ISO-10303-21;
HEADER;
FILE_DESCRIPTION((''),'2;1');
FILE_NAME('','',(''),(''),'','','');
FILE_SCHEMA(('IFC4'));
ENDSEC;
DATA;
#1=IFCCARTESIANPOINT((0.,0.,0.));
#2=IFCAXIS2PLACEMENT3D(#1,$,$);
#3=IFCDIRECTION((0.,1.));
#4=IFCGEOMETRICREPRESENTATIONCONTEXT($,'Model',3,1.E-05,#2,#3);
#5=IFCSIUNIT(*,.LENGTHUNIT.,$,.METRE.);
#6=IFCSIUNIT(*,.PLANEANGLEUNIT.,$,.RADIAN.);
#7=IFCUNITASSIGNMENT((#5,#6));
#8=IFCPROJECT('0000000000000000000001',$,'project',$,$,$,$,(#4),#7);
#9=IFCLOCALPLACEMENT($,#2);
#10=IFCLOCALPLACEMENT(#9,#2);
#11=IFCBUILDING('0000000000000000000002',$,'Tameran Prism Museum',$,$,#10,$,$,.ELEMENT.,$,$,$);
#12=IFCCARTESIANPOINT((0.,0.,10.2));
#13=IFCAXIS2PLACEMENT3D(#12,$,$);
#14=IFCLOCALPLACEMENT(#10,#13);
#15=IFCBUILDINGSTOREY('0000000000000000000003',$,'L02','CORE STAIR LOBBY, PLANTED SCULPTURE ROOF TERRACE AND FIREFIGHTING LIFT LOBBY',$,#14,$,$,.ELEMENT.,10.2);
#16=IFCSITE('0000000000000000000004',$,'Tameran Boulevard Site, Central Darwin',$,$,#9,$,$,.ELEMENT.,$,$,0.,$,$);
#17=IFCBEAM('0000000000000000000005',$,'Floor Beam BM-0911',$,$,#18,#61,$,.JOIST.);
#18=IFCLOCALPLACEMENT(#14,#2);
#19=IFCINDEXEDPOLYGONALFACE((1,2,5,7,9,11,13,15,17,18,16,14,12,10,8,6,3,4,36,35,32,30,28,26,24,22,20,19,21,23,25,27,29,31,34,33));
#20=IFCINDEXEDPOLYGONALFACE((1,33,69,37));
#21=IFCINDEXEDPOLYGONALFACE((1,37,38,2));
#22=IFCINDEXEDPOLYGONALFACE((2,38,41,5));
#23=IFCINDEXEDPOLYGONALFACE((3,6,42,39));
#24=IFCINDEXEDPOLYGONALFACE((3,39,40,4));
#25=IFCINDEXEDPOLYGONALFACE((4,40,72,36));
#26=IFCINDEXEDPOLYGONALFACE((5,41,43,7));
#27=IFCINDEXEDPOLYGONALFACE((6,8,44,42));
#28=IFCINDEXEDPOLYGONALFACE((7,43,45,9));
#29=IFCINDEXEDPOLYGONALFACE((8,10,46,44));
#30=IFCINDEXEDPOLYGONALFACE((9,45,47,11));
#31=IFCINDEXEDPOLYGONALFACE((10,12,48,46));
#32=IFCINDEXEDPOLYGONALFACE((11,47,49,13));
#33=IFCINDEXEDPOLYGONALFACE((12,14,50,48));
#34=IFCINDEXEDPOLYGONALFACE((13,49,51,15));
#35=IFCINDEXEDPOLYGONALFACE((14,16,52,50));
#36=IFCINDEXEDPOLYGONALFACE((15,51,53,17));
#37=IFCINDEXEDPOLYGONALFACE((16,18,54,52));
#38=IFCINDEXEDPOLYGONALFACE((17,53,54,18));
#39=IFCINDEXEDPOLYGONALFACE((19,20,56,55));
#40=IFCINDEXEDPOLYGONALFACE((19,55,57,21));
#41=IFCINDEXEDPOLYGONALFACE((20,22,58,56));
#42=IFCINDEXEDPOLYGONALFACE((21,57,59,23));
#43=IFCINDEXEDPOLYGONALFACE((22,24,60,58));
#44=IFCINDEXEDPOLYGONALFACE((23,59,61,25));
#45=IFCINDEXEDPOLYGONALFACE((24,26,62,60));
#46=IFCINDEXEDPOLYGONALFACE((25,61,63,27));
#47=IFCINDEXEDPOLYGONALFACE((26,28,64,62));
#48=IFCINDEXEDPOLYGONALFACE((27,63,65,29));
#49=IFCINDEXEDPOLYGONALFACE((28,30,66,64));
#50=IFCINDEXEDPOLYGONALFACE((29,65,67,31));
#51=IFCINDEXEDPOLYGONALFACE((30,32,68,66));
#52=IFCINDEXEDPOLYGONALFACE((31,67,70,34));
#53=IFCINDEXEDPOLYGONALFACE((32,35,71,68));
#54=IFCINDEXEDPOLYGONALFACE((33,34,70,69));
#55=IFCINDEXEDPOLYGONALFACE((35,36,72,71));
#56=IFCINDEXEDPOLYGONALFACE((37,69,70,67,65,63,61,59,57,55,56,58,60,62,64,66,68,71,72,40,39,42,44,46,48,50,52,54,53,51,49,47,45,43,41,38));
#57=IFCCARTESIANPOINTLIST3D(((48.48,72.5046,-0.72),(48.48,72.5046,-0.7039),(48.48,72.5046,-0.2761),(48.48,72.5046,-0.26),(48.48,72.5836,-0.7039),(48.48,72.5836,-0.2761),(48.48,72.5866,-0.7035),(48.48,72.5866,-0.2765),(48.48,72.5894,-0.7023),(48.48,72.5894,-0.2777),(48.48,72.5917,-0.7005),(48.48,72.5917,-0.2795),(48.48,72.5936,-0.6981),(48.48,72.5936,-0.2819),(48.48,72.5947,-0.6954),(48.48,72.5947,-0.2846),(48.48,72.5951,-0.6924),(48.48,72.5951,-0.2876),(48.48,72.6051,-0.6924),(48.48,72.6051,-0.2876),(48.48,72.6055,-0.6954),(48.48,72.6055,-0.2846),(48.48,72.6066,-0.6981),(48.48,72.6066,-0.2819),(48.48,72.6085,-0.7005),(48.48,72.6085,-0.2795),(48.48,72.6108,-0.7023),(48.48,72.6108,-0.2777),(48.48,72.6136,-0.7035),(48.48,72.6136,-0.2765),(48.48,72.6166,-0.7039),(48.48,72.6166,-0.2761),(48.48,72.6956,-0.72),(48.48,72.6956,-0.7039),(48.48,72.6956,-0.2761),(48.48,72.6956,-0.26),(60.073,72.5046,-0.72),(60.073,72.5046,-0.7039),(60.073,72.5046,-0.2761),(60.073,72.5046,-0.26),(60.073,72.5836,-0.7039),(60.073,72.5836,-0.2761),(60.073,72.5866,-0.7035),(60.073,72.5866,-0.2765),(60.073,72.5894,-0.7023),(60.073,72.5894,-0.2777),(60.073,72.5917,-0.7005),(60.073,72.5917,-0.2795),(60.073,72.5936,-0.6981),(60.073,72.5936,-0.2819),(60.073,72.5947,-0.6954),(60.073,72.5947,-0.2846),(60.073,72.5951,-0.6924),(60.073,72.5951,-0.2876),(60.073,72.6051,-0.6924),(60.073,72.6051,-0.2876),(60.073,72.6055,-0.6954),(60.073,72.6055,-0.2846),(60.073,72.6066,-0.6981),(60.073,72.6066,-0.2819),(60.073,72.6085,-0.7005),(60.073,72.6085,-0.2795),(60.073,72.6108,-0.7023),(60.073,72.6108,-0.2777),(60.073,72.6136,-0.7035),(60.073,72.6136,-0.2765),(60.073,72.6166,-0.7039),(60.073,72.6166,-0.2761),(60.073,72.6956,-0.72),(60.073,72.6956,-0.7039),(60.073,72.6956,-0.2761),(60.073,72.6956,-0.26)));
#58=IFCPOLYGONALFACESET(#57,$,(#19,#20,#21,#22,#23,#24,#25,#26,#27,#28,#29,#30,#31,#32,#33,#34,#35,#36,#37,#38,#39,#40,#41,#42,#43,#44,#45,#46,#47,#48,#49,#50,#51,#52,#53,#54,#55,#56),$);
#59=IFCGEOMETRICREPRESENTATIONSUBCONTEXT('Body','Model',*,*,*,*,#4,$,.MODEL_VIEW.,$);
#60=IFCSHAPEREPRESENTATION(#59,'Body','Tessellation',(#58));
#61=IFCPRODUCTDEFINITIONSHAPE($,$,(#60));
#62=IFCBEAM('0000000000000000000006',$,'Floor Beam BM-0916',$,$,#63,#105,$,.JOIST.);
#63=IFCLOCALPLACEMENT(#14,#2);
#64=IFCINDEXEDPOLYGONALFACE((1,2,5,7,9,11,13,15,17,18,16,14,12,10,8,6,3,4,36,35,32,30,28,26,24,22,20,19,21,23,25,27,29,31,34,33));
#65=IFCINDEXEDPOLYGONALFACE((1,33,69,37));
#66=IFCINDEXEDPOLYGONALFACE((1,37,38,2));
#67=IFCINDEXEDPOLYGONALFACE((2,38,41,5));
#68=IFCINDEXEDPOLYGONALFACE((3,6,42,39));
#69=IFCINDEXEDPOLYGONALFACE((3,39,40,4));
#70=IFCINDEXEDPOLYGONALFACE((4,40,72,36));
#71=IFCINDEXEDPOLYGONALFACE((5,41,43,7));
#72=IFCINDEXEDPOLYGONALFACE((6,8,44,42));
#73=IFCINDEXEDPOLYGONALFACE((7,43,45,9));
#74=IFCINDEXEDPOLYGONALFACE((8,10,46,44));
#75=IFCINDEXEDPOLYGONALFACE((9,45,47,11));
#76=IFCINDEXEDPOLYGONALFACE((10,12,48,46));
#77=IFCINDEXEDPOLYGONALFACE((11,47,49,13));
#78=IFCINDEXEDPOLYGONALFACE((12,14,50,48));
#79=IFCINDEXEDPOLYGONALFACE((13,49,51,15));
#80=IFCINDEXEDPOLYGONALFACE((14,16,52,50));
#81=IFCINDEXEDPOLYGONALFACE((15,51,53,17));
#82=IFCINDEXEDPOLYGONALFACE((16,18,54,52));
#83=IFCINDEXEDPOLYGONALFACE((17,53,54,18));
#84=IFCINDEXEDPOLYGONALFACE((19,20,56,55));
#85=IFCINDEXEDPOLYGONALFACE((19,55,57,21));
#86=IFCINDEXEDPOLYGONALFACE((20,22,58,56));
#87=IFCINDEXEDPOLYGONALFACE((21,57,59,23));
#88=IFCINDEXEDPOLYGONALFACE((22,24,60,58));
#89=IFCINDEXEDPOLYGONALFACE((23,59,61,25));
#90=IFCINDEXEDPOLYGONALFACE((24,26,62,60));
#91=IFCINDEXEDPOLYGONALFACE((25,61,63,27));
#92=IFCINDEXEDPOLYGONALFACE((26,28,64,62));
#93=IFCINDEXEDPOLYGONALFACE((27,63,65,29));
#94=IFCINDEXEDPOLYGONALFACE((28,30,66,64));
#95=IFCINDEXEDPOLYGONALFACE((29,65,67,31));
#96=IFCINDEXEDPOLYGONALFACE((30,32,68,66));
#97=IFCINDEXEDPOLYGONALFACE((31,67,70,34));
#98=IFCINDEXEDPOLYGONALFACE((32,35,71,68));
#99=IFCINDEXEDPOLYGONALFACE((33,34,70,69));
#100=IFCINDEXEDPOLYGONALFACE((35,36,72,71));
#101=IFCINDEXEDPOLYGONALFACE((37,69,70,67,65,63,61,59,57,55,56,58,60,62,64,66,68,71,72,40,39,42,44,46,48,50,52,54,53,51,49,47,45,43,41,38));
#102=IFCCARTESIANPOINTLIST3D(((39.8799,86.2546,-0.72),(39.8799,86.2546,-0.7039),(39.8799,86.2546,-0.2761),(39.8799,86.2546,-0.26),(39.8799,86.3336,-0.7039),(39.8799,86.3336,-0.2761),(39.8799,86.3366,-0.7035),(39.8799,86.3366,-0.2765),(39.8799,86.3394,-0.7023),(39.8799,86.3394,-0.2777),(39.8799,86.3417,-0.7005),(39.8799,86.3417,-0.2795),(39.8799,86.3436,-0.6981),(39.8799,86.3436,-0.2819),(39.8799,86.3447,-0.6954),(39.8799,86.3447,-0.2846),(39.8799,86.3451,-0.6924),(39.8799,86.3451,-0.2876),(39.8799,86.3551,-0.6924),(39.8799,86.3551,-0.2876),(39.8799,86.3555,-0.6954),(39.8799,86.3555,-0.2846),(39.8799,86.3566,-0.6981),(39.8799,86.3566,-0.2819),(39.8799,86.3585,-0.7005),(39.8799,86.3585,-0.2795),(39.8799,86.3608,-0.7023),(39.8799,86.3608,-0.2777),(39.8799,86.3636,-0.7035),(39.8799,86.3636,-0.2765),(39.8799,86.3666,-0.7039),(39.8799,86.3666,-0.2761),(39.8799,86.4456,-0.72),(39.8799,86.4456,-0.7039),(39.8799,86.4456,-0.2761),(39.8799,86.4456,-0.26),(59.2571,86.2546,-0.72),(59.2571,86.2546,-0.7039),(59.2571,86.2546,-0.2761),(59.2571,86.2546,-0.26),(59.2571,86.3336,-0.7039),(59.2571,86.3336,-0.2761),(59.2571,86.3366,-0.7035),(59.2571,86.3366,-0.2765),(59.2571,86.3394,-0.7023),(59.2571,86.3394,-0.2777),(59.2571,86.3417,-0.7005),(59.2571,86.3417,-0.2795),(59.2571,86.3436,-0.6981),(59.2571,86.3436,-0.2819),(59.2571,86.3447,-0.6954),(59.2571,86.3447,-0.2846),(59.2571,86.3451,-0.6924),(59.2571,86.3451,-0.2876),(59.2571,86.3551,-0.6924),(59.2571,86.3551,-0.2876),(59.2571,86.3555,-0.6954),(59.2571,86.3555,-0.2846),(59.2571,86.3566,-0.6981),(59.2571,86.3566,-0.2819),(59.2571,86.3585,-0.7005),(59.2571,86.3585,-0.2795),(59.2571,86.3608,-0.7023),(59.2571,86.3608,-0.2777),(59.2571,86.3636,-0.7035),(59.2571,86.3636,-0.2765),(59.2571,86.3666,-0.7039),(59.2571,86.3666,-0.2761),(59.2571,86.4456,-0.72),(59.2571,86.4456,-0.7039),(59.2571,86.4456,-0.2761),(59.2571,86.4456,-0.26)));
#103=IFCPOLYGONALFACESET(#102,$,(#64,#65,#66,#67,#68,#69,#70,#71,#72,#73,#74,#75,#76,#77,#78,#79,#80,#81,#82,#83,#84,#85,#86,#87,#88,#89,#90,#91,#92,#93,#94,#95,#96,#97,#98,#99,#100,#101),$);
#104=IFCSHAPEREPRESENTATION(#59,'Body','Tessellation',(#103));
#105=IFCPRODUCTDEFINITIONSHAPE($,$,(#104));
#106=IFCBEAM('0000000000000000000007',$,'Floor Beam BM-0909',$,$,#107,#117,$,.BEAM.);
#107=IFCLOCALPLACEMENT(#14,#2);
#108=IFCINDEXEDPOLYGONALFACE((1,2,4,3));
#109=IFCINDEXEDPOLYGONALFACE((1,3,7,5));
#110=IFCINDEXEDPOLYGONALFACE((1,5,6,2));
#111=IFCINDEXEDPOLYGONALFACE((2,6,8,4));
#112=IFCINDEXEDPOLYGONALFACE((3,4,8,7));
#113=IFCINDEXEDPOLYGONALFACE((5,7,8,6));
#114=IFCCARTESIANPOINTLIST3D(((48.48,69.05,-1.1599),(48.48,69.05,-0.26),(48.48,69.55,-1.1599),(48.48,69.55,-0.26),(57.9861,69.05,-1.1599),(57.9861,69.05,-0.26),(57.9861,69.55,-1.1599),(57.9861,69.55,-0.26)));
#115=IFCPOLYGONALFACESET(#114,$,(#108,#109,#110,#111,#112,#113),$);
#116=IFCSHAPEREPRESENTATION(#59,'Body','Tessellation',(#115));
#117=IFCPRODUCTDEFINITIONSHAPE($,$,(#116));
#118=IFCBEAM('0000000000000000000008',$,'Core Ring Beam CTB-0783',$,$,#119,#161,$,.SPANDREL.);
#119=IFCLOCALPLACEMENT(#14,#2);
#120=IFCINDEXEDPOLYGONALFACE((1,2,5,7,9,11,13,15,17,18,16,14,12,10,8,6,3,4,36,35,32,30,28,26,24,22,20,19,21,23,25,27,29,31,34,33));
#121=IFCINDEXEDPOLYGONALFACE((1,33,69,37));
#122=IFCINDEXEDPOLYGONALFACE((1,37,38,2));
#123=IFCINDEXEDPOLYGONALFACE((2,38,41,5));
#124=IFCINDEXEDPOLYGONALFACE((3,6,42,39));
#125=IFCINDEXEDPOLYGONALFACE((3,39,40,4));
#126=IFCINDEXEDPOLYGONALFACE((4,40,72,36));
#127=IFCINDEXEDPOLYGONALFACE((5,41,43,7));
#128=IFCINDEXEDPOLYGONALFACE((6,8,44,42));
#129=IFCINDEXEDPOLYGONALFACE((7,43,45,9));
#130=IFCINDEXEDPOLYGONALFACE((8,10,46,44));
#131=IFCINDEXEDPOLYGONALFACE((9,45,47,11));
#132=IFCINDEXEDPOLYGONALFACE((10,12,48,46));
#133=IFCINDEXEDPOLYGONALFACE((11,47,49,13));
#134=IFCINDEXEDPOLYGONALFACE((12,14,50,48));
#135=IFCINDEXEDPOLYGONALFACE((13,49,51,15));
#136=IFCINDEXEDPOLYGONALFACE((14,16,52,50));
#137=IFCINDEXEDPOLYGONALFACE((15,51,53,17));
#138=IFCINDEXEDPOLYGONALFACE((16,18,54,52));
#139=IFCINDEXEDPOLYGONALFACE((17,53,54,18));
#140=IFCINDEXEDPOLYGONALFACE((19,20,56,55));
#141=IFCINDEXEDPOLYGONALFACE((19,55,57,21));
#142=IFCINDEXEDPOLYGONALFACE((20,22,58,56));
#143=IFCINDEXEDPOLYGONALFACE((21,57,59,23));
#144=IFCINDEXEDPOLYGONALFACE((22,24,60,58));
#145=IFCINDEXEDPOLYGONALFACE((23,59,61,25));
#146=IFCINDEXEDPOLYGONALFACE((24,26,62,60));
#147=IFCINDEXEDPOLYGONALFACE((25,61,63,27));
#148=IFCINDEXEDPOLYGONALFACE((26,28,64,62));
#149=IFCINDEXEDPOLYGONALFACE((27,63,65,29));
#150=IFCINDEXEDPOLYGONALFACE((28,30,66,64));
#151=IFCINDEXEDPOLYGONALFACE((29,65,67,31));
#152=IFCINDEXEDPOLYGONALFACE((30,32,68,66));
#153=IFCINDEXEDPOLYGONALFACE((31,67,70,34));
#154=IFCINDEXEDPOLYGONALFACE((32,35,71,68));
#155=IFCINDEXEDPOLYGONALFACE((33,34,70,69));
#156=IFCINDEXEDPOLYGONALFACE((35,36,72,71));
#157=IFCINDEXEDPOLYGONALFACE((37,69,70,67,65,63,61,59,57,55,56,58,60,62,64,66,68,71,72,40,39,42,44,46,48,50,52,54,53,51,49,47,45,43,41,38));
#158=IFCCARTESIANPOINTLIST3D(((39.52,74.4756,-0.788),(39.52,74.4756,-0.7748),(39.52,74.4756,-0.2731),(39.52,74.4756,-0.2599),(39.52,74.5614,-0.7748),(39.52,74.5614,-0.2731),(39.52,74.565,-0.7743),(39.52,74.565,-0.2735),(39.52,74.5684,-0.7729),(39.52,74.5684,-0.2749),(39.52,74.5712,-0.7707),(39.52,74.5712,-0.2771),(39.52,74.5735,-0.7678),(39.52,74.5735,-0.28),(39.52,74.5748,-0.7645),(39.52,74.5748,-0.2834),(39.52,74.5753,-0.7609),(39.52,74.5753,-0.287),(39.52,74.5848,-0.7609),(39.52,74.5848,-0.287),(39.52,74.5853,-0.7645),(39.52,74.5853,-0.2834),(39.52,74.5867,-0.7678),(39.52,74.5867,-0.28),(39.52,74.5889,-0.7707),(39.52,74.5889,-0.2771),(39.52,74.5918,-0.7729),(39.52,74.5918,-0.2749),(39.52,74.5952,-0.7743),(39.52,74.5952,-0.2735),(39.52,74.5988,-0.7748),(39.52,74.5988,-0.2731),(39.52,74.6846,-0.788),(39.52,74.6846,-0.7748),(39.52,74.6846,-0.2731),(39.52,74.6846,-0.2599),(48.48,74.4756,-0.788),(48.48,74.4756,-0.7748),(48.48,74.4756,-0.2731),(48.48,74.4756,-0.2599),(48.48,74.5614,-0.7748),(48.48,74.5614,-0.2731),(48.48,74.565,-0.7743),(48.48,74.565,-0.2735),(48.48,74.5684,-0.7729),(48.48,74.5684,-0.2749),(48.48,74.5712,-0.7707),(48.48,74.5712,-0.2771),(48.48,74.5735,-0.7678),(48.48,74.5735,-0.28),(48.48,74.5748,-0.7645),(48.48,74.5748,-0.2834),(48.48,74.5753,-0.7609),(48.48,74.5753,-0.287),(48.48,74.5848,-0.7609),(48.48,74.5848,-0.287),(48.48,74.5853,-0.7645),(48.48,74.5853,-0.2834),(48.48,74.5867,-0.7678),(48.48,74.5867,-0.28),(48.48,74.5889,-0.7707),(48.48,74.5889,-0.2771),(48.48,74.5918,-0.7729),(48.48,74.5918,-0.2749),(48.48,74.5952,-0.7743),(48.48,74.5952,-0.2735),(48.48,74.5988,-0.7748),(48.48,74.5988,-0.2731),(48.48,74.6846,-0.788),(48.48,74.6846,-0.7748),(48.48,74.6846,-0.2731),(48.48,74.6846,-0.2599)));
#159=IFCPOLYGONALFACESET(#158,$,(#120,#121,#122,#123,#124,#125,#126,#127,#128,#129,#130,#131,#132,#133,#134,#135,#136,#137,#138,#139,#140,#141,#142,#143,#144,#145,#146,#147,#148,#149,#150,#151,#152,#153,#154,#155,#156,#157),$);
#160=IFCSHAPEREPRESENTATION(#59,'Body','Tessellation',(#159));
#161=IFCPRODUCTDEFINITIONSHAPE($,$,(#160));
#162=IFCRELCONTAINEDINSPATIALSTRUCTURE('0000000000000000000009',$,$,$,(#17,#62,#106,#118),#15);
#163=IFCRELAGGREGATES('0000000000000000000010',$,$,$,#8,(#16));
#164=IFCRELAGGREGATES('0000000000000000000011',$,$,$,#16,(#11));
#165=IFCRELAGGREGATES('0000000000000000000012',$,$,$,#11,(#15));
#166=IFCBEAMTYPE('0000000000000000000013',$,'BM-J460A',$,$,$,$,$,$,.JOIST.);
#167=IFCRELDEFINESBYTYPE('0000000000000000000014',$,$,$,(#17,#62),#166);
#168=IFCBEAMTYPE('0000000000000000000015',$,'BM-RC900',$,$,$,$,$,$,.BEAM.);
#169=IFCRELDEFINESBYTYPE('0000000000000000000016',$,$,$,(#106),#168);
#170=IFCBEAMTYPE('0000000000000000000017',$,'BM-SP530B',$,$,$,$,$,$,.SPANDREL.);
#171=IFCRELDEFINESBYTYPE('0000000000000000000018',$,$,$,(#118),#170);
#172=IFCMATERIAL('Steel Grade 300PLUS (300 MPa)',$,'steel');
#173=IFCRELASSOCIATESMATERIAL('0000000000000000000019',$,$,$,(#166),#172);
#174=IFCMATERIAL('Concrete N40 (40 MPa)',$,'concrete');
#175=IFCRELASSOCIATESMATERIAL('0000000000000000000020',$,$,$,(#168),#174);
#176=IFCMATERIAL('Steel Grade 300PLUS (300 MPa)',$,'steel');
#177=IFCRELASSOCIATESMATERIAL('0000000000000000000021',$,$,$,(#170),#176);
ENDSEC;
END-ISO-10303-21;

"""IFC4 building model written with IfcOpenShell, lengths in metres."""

from ifc_helpers import new_model, si_unit, direction, frame, origin, origin_2d, place, context, subcontext, project, spatial, rectangle, i_section, extrude, material, material_profile, profile_set, type_object, element, save


model = new_model("IFC4")

# Units and contexts
model_context = context("Model", 3, precision=1e-05, world=origin(), true_north=direction((0.0, 1.0)))
body_context = subcontext(model_context, "Body", "Model", "MODEL_VIEW")
ifc_project = project(units=[si_unit("LENGTHUNIT", "METRE"), si_unit("PLANEANGLEUNIT", "RADIAN")], contexts=[model_context])

# Site, building, storey
site_placement = place(None, origin())
site = spatial("IfcSite", under=ifc_project, at=site_placement, Name="Tameran Boulevard Site, Central Darwin", CompositionType="ELEMENT", RefElevation=0.0)
building_placement = place(site_placement, origin())
building = spatial("IfcBuilding", under=site, at=building_placement, Name="Tameran Prism Museum", CompositionType="ELEMENT")
storey_placement = place(building_placement, frame((0.0, 0.0, 10.2)))
storey = spatial("IfcBuildingStorey", under=building, at=storey_placement, Name="L02", Description="CORE STAIR LOBBY, PLANTED SCULPTURE ROOF TERRACE AND FIREFIGHTING LIFT LOBBY", CompositionType="ELEMENT", Elevation=10.2)

# Beams
ifc_material_1 = material(Name="Steel Grade 300PLUS (300 MPa)", Category="steel")
ifc_material_profile_1 = material_profile(ifc_material_1, i_section(OverallWidth=0.1909, OverallDepth=0.46, WebThickness=0.01, FlangeThickness=0.0161, FilletRadius=0.0115, at=origin_2d()))
ifc_profile_set_1 = profile_set([ifc_material_profile_1])
beam_type_1 = type_object("IfcBeamType", Name="BM-J460A", PredefinedType="JOIST", material=ifc_profile_set_1)
beam_1_placement = place(storey_placement, frame((48.48, 72.6001, -0.49), z_axis=(1.0, 0.0, 0.0), x_axis=(0.0, 1.0, 0.0)))
element("IfcBeam", 1, at=beam_1_placement, inside=storey, type_object=beam_type_1, Name="Floor Beam BM-0911", PredefinedType="JOIST", context=body_context, shape_type="SweptSolid", body=[
    extrude(i_section(OverallWidth=0.1909, OverallDepth=0.46, WebThickness=0.01, FlangeThickness=0.0161, FilletRadius=0.0115, at=origin_2d()), origin(), (0.0, 0.0, 1.0), 11.593),
])
beam_2_placement = place(storey_placement, frame((39.8799, 86.3501, -0.49), z_axis=(1.0, 0.0, 0.0), x_axis=(0.0, 1.0, 0.0)))
element("IfcBeam", 2, at=beam_2_placement, inside=storey, type_object=beam_type_1, Name="Floor Beam BM-0916", PredefinedType="JOIST", context=body_context, shape_type="SweptSolid", body=[
    extrude(i_section(OverallWidth=0.1909, OverallDepth=0.46, WebThickness=0.01, FlangeThickness=0.0161, FilletRadius=0.0115, at=origin_2d()), origin(), (0.0, 0.0, 1.0), 19.3772),
])
ifc_material_2 = material(Name="Concrete N40 (40 MPa)", Category="concrete")
ifc_material_profile_2 = material_profile(ifc_material_2, rectangle(XDim=0.5, YDim=0.8999, at=origin_2d()))
ifc_profile_set_2 = profile_set([ifc_material_profile_2])
beam_type_2 = type_object("IfcBeamType", Name="BM-RC900", PredefinedType="BEAM", material=ifc_profile_set_2)
beam_3_placement = place(storey_placement, frame((48.48, 69.3, -0.71), z_axis=(1.0, 0.0, 0.0), x_axis=(0.0, 1.0, 0.0)))
element("IfcBeam", 3, at=beam_3_placement, inside=storey, type_object=beam_type_2, Name="Floor Beam BM-0909", PredefinedType="BEAM", context=body_context, shape_type="SweptSolid", body=[
    extrude(rectangle(XDim=0.5, YDim=0.8999, at=origin_2d()), origin(), (0.0, 0.0, 1.0), 9.5061),
])
ifc_material_3 = material(Name="Steel Grade 300PLUS (300 MPa)", Category="steel")
ifc_material_profile_3 = material_profile(ifc_material_3, i_section(OverallWidth=0.209, OverallDepth=0.5281, WebThickness=0.0095, FlangeThickness=0.0132, FilletRadius=0.0139, at=origin_2d()))
ifc_profile_set_3 = profile_set([ifc_material_profile_3])
beam_type_3 = type_object("IfcBeamType", Name="BM-SP530B", PredefinedType="SPANDREL", material=ifc_profile_set_3)
beam_4_placement = place(storey_placement, frame((48.48, 74.5801, -0.5239), z_axis=(-1.0, 0.0, 0.0), x_axis=(0.0, -1.0, 0.0)))
element("IfcBeam", 4, at=beam_4_placement, inside=storey, type_object=beam_type_3, Name="Core Ring Beam CTB-0783", PredefinedType="SPANDREL", context=body_context, shape_type="SweptSolid", body=[
    extrude(i_section(OverallWidth=0.209, OverallDepth=0.5281, WebThickness=0.0095, FlangeThickness=0.0132, FilletRadius=0.0139, at=origin_2d()), origin(), (0.0, 0.0, 1.0), 8.96),
])

save(model, "model.ifc")
